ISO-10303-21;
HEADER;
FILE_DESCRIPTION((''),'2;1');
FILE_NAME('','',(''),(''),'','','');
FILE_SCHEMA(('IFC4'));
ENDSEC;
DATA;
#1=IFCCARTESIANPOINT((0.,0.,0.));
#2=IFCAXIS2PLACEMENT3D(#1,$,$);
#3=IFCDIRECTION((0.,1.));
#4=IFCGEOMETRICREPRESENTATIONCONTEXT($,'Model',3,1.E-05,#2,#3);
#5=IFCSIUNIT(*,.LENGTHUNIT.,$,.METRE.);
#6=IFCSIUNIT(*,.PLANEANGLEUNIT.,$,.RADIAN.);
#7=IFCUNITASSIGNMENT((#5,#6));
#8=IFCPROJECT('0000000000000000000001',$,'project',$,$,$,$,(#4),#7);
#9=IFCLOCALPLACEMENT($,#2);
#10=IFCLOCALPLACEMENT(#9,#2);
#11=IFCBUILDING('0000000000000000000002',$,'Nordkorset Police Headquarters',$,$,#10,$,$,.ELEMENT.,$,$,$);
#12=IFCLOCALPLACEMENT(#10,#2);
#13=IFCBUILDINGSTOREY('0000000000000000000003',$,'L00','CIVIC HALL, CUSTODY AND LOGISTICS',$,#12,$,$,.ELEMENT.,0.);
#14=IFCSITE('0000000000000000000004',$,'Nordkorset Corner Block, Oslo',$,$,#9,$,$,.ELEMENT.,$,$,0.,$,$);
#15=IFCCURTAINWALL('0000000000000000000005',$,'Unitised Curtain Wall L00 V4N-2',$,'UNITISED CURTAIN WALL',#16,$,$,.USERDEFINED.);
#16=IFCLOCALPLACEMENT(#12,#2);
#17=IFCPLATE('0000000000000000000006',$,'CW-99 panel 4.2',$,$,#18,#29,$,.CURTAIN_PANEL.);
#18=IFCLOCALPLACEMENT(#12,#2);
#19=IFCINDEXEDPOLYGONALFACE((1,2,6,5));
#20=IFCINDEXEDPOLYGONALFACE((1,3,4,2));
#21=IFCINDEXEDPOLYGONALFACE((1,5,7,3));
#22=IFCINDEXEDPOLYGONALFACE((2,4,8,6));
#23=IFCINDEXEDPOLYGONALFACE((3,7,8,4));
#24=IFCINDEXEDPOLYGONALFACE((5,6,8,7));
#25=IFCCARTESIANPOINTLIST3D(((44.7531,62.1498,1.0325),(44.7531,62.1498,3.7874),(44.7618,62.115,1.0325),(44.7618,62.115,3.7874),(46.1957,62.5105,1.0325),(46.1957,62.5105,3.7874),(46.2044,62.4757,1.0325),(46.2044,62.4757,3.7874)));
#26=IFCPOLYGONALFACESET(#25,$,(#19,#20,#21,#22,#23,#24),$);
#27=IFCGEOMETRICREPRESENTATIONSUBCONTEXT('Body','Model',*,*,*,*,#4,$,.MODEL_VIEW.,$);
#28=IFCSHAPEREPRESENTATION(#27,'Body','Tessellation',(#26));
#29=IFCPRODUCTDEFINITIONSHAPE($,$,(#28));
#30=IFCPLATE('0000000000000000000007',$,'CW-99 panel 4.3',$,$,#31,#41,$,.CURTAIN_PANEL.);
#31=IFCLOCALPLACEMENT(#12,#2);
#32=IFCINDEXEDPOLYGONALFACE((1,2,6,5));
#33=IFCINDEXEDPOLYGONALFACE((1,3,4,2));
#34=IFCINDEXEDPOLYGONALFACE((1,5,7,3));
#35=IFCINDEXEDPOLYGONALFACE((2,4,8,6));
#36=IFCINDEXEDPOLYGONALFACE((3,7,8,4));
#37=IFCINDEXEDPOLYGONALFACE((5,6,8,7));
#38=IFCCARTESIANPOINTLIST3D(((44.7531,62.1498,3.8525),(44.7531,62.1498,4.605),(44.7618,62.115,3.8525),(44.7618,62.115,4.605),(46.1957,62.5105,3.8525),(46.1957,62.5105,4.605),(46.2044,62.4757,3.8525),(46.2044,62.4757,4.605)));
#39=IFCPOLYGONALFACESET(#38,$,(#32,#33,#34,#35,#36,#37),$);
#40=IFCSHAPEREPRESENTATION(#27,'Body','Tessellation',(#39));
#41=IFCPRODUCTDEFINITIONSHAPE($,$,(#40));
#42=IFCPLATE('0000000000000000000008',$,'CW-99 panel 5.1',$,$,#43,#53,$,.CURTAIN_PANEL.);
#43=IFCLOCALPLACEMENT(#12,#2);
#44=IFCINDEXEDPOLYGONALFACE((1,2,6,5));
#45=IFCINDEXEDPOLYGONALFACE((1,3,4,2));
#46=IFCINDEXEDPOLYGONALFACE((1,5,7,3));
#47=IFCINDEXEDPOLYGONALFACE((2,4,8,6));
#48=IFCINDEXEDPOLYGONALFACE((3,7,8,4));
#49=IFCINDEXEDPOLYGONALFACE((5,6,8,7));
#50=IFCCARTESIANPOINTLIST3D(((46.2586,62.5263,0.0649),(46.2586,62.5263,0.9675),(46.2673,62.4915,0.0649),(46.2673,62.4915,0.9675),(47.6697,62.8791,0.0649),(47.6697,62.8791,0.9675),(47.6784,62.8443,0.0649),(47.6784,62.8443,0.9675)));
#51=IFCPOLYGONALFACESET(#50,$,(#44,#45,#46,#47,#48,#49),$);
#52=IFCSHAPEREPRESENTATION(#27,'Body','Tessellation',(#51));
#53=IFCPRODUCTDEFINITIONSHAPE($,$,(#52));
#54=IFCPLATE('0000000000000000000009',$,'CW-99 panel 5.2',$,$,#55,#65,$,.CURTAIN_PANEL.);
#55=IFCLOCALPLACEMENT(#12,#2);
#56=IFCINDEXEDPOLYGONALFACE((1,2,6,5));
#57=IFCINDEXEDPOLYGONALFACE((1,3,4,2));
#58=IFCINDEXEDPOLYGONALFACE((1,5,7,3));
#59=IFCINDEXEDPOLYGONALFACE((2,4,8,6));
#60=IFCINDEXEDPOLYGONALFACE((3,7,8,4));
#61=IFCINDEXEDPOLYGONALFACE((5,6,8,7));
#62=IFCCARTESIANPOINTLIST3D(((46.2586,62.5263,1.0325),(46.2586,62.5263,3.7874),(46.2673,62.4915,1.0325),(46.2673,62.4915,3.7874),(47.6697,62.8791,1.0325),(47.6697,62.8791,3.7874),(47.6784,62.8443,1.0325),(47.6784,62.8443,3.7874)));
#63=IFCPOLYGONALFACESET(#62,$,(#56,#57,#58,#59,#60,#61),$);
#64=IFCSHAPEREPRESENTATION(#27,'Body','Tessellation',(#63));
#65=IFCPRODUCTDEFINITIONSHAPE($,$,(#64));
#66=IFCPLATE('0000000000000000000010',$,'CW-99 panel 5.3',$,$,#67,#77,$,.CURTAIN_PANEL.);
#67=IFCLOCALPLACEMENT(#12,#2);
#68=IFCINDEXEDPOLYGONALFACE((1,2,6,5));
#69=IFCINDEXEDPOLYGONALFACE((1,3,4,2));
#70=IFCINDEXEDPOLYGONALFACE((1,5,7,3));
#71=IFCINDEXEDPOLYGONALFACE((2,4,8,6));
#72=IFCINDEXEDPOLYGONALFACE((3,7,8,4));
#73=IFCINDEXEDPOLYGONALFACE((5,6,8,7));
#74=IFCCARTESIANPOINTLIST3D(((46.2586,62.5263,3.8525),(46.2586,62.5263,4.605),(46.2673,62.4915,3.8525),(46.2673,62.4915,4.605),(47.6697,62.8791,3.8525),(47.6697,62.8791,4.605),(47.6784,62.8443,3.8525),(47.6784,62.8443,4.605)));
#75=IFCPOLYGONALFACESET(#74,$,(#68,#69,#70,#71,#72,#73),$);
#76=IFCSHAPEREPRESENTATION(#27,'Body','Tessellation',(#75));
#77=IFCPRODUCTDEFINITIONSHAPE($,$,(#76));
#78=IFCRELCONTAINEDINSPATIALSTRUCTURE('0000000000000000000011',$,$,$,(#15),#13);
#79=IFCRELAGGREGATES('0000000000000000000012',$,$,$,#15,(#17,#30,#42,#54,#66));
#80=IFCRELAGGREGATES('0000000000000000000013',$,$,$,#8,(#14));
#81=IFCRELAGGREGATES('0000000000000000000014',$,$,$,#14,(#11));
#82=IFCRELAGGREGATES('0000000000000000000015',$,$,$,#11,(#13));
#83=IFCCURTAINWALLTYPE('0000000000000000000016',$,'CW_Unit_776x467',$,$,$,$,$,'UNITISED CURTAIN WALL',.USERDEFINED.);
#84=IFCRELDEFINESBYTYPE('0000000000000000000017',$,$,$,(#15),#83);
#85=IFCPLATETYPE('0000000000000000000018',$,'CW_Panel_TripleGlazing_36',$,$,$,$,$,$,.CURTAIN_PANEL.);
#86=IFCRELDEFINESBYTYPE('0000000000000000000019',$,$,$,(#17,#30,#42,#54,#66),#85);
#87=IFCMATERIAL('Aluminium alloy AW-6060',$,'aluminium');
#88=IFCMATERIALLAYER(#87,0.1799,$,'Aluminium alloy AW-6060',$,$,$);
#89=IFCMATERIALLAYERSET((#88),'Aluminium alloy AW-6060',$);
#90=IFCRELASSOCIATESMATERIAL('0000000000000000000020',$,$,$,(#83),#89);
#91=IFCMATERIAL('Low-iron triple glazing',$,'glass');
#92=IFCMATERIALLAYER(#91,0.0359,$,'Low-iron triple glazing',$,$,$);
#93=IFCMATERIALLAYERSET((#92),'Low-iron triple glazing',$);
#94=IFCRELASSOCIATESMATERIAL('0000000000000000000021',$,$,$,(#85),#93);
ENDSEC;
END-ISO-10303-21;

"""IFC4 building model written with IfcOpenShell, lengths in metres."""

from ifc_helpers import new_model, si_unit, direction, frame, origin, origin_2d, place, context, subcontext, project, spatial, rectangle, extrude, material, layer, layer_set, type_object, element, aggregate, save


model = new_model("IFC4")

# Units and contexts
model_context = context("Model", 3, precision=1e-05, world=origin(), true_north=direction((0.0, 1.0)))
body_context = subcontext(model_context, "Body", "Model", "MODEL_VIEW")
ifc_project = project(units=[si_unit("LENGTHUNIT", "METRE"), si_unit("PLANEANGLEUNIT", "RADIAN")], contexts=[model_context])

# Site, building, storey
site_placement = place(None, origin())
site = spatial("IfcSite", under=ifc_project, at=site_placement, Name="Nordkorset Corner Block, Oslo", CompositionType="ELEMENT", RefElevation=0.0)
building_placement = place(site_placement, origin())
building = spatial("IfcBuilding", under=site, at=building_placement, Name="Nordkorset Police Headquarters", CompositionType="ELEMENT")
storey_placement = place(building_placement, origin())
storey = spatial("IfcBuildingStorey", under=building, at=storey_placement, Name="L00", Description="CIVIC HALL, CUSTODY AND LOGISTICS", CompositionType="ELEMENT", Elevation=0.0)

# Curtain wall
ifc_material_1 = material(Name="Aluminium alloy AW-6060", Category="aluminium")
ifc_layer_1 = layer(ifc_material_1, 0.1799, Name="Aluminium alloy AW-6060")
ifc_layer_set_1 = layer_set([ifc_layer_1], Name="Aluminium alloy AW-6060")
curtain_wall_type_1 = type_object("IfcCurtainWallType", Name="CW_Unit_776x467", ElementType="UNITISED CURTAIN WALL", PredefinedType="USERDEFINED", material=ifc_layer_set_1)
curtain_wall_1_placement = place(storey_placement, origin())
curtain_wall_1 = element("IfcCurtainWall", 1, at=curtain_wall_1_placement, inside=storey, type_object=curtain_wall_type_1, Name="Unitised Curtain Wall L00 V4N-2", ObjectType="UNITISED CURTAIN WALL", PredefinedType="USERDEFINED")

# Plates
ifc_material_2 = material(Name="Low-iron triple glazing", Category="glass")
ifc_layer_2 = layer(ifc_material_2, 0.0359, Name="Low-iron triple glazing")
ifc_layer_set_2 = layer_set([ifc_layer_2], Name="Low-iron triple glazing")
plate_type = type_object("IfcPlateType", Name="CW_Panel_TripleGlazing_36", PredefinedType="CURTAIN_PANEL", material=ifc_layer_set_2)
plate_1_placement = place(storey_placement, frame((45.4788, 62.3127, 1.0325), z_axis=(0.0, 0.0, 1.0), x_axis=(0.970142, 0.242536, 0.0)))
plate_1 = element("IfcPlate", 2, at=plate_1_placement, type_object=plate_type, Name="CW-99 panel 4.2", PredefinedType="CURTAIN_PANEL", context=body_context, shape_type="SweptSolid", body=[
    extrude(rectangle(XDim=1.4871, YDim=0.0359, at=origin_2d()), origin(), (0.0, 0.0, 1.0), 2.7549),
])
plate_2_placement = place(storey_placement, frame((45.4788, 62.3127, 3.8525), z_axis=(0.0, 0.0, 1.0), x_axis=(0.970142, 0.242536, 0.0)))
plate_2 = element("IfcPlate", 3, at=plate_2_placement, type_object=plate_type, Name="CW-99 panel 4.3", PredefinedType="CURTAIN_PANEL", context=body_context, shape_type="SweptSolid", body=[
    extrude(rectangle(XDim=1.4871, YDim=0.0359, at=origin_2d()), origin(), (0.0, 0.0, 1.0), 0.7524),
])
plate_3_placement = place(storey_placement, frame((46.9685, 62.6853, 0.0649), z_axis=(0.0, 0.0, 1.0), x_axis=(0.970142, 0.242536, 0.0)))
plate_3 = element("IfcPlate", 4, at=plate_3_placement, type_object=plate_type, Name="CW-99 panel 5.1", PredefinedType="CURTAIN_PANEL", context=body_context, shape_type="SweptSolid", body=[
    extrude(rectangle(XDim=1.4546, YDim=0.0359, at=origin_2d()), origin(), (0.0, 0.0, 1.0), 0.9026),
])
plate_4_placement = place(storey_placement, frame((46.9685, 62.6853, 1.0325), z_axis=(0.0, 0.0, 1.0), x_axis=(0.970142, 0.242536, 0.0)))
plate_4 = element("IfcPlate", 5, at=plate_4_placement, type_object=plate_type, Name="CW-99 panel 5.2", PredefinedType="CURTAIN_PANEL", context=body_context, shape_type="SweptSolid", body=[
    extrude(rectangle(XDim=1.4546, YDim=0.0359, at=origin_2d()), origin(), (0.0, 0.0, 1.0), 2.7549),
])
plate_5_placement = place(storey_placement, frame((46.9685, 62.6853, 3.8525), z_axis=(0.0, 0.0, 1.0), x_axis=(0.970142, 0.242536, 0.0)))
plate_5 = element("IfcPlate", 6, at=plate_5_placement, type_object=plate_type, Name="CW-99 panel 5.3", PredefinedType="CURTAIN_PANEL", context=body_context, shape_type="SweptSolid", body=[
    extrude(rectangle(XDim=1.4546, YDim=0.0359, at=origin_2d()), origin(), (0.0, 0.0, 1.0), 0.7524),
])
aggregate(curtain_wall_1, [plate_1, plate_2, plate_3, plate_4, plate_5])

save(model, "model.ifc")
